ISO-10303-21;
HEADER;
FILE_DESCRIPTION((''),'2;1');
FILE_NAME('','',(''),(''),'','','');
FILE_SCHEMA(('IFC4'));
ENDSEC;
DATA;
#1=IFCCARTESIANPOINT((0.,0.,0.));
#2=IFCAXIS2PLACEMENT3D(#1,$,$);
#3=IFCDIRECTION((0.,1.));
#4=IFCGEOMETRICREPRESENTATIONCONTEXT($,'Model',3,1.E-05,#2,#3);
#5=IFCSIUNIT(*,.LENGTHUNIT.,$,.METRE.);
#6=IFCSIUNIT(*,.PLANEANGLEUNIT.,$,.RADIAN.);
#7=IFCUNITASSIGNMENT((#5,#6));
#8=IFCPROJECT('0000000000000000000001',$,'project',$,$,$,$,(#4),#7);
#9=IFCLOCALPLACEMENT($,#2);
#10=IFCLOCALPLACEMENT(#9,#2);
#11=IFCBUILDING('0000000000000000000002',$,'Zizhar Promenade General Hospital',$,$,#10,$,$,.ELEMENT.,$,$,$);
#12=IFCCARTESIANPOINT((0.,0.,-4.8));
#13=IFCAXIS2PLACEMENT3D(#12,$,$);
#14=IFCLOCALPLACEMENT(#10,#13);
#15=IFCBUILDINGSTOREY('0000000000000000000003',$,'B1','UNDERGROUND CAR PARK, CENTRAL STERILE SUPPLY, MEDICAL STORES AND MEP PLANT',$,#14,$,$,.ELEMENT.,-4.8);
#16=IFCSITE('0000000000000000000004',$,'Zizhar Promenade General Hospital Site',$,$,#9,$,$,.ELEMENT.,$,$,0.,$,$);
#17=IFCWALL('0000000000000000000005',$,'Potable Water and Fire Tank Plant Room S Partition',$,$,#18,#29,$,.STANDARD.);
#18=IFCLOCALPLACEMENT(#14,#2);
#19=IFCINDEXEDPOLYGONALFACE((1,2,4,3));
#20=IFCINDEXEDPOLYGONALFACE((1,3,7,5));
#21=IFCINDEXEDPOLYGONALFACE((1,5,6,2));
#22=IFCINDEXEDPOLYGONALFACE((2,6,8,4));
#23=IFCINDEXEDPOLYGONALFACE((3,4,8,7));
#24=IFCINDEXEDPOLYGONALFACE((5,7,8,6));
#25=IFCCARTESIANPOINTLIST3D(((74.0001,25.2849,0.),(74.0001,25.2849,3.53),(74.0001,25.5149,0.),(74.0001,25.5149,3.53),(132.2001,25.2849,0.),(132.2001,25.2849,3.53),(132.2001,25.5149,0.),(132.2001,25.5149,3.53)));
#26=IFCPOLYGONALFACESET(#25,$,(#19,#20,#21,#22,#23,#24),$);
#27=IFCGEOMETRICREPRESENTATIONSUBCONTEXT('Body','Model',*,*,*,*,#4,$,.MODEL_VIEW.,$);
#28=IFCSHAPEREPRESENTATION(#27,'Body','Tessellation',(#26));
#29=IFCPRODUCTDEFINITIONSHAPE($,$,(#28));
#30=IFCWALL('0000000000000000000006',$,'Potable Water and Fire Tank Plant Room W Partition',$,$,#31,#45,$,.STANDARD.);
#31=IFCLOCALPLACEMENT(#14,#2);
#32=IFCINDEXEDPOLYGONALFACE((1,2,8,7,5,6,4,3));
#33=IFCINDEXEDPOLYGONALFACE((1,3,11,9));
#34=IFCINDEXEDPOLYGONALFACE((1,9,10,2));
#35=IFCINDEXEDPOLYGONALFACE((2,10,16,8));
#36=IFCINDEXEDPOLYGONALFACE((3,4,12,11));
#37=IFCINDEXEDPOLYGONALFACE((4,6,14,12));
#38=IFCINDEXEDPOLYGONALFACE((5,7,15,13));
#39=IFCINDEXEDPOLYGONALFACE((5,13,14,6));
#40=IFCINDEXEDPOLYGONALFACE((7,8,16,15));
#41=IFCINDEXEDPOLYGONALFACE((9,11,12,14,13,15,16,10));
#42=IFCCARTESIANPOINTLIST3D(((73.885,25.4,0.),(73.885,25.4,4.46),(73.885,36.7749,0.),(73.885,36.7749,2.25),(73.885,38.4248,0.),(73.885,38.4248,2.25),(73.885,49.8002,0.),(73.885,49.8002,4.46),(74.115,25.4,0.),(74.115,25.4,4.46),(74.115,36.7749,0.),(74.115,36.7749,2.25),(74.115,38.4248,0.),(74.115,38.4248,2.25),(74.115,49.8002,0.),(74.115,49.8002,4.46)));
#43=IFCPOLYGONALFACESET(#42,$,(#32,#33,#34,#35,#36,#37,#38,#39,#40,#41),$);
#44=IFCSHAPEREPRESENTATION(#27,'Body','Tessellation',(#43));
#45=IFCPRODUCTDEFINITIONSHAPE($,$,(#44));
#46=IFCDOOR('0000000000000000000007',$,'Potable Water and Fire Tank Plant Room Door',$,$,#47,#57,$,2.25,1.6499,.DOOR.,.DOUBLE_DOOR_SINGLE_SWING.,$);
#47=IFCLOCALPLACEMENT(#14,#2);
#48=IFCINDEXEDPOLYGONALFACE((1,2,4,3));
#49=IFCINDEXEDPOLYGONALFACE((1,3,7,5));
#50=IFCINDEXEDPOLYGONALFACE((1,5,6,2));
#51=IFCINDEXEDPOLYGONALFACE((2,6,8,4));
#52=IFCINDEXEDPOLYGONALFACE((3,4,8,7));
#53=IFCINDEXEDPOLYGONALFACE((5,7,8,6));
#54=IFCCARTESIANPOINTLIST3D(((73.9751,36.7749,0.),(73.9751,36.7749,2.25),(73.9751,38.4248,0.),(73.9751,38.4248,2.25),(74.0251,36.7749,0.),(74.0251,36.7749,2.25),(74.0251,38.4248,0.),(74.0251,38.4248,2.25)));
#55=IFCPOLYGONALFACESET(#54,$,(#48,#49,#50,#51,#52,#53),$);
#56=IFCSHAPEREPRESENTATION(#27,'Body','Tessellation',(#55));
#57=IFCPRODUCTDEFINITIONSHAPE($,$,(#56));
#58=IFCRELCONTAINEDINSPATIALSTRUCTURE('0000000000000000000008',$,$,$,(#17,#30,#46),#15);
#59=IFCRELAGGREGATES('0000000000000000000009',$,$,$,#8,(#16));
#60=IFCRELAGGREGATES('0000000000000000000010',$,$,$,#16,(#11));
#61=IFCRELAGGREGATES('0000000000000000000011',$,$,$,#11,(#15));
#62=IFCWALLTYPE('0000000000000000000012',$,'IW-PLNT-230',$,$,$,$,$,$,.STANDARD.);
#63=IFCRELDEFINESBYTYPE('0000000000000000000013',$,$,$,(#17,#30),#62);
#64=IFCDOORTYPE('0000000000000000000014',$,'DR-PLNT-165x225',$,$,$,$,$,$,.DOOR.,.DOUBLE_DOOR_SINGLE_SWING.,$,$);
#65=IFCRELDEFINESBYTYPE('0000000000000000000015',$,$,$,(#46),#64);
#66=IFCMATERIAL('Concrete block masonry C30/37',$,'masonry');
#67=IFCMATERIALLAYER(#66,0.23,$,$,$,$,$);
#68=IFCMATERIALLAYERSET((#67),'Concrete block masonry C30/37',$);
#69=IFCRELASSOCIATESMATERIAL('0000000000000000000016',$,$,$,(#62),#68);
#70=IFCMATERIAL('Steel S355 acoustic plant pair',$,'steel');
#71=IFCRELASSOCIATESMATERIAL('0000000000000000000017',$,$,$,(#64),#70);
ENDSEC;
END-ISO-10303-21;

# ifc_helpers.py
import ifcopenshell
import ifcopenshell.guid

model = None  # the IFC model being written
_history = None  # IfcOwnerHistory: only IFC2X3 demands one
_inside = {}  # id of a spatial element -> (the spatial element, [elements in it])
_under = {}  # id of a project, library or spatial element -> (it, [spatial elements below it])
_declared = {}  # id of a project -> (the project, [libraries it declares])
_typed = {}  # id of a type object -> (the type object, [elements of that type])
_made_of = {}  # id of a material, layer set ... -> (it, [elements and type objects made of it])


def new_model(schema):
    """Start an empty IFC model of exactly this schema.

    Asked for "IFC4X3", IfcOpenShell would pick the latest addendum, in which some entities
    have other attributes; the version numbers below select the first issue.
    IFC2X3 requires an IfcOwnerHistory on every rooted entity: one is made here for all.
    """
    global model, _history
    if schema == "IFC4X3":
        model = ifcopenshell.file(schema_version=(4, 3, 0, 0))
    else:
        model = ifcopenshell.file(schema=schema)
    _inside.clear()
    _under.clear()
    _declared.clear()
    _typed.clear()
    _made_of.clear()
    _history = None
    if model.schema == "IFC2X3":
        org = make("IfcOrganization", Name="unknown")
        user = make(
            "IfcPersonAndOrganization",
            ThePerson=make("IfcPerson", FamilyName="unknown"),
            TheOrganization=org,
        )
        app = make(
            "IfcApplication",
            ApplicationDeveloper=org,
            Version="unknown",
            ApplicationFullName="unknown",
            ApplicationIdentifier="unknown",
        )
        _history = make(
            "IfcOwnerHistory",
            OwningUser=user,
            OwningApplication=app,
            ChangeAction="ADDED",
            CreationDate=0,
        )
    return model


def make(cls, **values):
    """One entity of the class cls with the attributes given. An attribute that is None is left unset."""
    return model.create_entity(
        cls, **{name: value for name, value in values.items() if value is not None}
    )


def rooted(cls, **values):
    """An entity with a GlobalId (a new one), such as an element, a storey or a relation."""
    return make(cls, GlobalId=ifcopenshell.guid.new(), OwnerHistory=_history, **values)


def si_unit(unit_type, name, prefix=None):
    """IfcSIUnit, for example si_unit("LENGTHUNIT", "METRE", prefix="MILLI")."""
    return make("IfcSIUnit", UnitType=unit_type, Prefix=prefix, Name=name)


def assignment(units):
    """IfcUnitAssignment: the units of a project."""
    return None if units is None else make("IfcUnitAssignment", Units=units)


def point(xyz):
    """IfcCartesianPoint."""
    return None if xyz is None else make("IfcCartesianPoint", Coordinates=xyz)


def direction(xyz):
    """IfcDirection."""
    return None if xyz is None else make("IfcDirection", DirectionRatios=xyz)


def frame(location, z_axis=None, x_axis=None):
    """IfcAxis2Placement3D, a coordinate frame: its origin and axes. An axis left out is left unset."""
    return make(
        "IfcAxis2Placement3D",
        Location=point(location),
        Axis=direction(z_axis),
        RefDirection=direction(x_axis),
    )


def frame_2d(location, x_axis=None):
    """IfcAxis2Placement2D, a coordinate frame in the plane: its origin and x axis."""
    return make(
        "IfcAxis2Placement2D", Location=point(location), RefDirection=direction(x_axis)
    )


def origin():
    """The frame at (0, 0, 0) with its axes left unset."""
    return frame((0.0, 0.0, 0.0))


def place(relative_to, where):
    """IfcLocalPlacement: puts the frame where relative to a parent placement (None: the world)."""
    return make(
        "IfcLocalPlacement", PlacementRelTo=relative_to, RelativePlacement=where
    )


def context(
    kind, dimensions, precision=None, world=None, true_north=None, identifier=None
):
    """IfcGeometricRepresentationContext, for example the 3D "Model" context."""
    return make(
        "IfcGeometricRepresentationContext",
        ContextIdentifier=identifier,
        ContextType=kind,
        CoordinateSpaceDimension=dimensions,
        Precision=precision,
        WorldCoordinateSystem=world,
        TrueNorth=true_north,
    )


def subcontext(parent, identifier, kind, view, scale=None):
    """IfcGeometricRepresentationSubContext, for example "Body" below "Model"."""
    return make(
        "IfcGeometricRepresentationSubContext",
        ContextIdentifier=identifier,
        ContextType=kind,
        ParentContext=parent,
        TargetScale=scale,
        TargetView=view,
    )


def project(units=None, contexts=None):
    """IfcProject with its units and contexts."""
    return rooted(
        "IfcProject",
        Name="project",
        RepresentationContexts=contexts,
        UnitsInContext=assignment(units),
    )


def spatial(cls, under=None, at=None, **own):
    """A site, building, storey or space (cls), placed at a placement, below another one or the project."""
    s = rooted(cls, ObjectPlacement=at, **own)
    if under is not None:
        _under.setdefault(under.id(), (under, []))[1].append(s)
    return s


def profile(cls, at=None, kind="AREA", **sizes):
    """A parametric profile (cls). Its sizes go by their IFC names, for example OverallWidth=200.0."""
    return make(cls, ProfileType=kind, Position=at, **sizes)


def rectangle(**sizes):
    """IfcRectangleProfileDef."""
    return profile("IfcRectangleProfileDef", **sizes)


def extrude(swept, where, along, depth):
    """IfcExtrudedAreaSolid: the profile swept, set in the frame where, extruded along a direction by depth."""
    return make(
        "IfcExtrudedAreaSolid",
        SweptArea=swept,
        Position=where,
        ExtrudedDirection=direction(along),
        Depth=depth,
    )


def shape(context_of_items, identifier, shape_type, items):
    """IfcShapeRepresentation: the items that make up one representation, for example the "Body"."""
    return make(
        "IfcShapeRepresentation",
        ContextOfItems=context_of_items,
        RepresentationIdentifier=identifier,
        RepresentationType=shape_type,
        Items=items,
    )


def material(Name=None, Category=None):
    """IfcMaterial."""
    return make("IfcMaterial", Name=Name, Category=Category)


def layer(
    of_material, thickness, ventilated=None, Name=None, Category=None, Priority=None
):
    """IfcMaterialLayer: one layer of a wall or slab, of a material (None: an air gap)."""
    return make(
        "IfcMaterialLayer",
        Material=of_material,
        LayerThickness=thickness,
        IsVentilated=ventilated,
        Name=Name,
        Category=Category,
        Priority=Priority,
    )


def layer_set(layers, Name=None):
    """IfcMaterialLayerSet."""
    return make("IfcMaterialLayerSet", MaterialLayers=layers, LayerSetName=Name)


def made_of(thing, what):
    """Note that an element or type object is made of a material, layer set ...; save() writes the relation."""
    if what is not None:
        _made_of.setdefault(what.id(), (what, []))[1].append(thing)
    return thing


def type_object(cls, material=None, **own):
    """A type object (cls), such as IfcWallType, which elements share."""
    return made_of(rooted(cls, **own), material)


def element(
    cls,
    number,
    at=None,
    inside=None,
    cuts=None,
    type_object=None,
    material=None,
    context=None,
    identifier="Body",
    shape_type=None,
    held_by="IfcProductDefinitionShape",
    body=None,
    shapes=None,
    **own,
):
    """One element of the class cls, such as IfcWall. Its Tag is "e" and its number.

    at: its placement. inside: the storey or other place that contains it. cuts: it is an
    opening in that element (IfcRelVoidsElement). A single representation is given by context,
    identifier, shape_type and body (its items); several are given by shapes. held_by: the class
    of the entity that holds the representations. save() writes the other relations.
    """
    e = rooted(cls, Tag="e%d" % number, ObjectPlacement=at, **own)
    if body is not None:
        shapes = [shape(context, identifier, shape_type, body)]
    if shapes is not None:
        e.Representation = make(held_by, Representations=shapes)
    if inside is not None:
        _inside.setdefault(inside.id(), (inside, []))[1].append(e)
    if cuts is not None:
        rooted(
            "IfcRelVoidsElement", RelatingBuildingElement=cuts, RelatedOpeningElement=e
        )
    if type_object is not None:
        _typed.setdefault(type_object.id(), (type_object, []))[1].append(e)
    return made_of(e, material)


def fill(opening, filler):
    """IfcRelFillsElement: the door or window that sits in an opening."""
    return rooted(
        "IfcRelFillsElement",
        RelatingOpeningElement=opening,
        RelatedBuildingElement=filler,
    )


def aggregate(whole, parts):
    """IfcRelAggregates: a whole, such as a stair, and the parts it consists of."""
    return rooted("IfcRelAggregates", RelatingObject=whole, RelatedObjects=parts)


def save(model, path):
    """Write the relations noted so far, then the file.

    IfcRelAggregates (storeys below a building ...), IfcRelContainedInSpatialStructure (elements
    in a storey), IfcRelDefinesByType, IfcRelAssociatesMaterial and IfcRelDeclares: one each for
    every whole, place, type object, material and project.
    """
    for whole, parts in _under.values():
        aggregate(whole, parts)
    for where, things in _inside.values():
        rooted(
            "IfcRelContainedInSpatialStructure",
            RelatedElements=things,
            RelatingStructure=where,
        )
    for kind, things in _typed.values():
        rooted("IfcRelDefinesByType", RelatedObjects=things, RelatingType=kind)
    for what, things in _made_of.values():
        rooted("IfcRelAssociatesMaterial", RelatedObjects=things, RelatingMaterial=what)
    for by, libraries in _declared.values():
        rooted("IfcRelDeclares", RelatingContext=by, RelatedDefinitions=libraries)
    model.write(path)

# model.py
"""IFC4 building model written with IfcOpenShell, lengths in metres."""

from ifc_helpers import new_model, si_unit, direction, frame, frame_2d, origin, place, context, subcontext, project, spatial, rectangle, extrude, material, layer, layer_set, type_object, element, fill, save


model = new_model("IFC4")

# Units and contexts
model_context = context("Model", 3, precision=1e-05, world=origin(), true_north=direction((0.0, 1.0)))
body_context = subcontext(model_context, "Body", "Model", "MODEL_VIEW")
ifc_project = project(units=[si_unit("LENGTHUNIT", "METRE"), si_unit("PLANEANGLEUNIT", "RADIAN")], contexts=[model_context])

# Site, building, storey
site_placement = place(None, origin())
site = spatial("IfcSite", under=ifc_project, at=site_placement, Name="Zizhar Promenade General Hospital Site", CompositionType="ELEMENT", RefElevation=0.0)
building_placement = place(site_placement, origin())
building = spatial("IfcBuilding", under=site, at=building_placement, Name="Zizhar Promenade General Hospital", CompositionType="ELEMENT")
storey_placement = place(building_placement, frame((0.0, 0.0, -4.8)))
storey = spatial("IfcBuildingStorey", under=building, at=storey_placement, Name="B1", Description="UNDERGROUND CAR PARK, CENTRAL STERILE SUPPLY, MEDICAL STORES AND MEP PLANT", CompositionType="ELEMENT", Elevation=-4.8)

# Wall
ifc_material_1 = material(Name="Concrete block masonry C30/37", Category="masonry")
ifc_layer = layer(ifc_material_1, 0.23)
ifc_layer_set = layer_set([ifc_layer], Name="Concrete block masonry C30/37")
wall_type = type_object("IfcWallType", Name="IW-PLNT-230", PredefinedType="STANDARD", material=ifc_layer_set)
wall_1_placement = place(storey_placement, frame((74.0, 25.3999, 0.0), z_axis=(0.0, 0.0, 1.0), x_axis=(1.0, 0.0, 0.0)))
element("IfcWall", 1, at=wall_1_placement, inside=storey, type_object=wall_type, Name="Potable Water and Fire Tank Plant Room S Partition", PredefinedType="STANDARD", context=body_context, shape_type="SweptSolid", body=[
    extrude(rectangle(XDim=58.2, YDim=0.23, at=frame_2d((29.1001, 0.0))), origin(), (0.0, 0.0, 1.0), 3.53),
])

# Wall, opening, door
wall_2_placement = place(storey_placement, frame((74.0, 25.3999, 0.0), z_axis=(0.0, 0.0, 1.0), x_axis=(0.0, 1.0, 0.0)))
wall_2 = element("IfcWall", 2, at=wall_2_placement, inside=storey, type_object=wall_type, Name="Potable Water and Fire Tank Plant Room W Partition", PredefinedType="STANDARD", context=body_context, shape_type="SweptSolid", body=[
    extrude(rectangle(XDim=24.4001, YDim=0.23, at=frame_2d((12.2002, 0.0))), origin(), (0.0, 0.0, 1.0), 4.46),
])
opening_placement = place(wall_2_placement, frame((11.375, 0.0, 0.0)))
opening = element("IfcOpeningElement", 3, at=opening_placement, cuts=wall_2, PredefinedType="OPENING", context=body_context, shape_type="SweptSolid", body=[
    extrude(rectangle(XDim=1.6499, YDim=2.25, at=frame_2d((0.825, 1.125))), frame((0.0, 0.125, 0.0), z_axis=(0.0, -1.0, 0.0), x_axis=(1.0, 0.0, 0.0)), (0.0, 0.0, 1.0), 0.25),
])
ifc_material_2 = material(Name="Steel S355 acoustic plant pair", Category="steel")
door_type = type_object("IfcDoorType", Name="DR-PLNT-165x225", OperationType="DOUBLE_DOOR_SINGLE_SWING", PredefinedType="DOOR", material=ifc_material_2)
door_placement = place(opening_placement, origin())
door = element("IfcDoor", 4, at=door_placement, inside=storey, type_object=door_type, Name="Potable Water and Fire Tank Plant Room Door", OperationType="DOUBLE_DOOR_SINGLE_SWING", OverallHeight=2.25, OverallWidth=1.6499, PredefinedType="DOOR", context=body_context, shape_type="SweptSolid", body=[
    extrude(rectangle(XDim=1.6499, YDim=2.25, at=frame_2d((0.825, 1.125))), frame((0.0, 0.0249, 0.0), z_axis=(0.0, -1.0, 0.0), x_axis=(1.0, 0.0, 0.0)), (0.0, 0.0, 1.0), 0.05),
])
fill(opening, door)

save(model, "model.ifc")
